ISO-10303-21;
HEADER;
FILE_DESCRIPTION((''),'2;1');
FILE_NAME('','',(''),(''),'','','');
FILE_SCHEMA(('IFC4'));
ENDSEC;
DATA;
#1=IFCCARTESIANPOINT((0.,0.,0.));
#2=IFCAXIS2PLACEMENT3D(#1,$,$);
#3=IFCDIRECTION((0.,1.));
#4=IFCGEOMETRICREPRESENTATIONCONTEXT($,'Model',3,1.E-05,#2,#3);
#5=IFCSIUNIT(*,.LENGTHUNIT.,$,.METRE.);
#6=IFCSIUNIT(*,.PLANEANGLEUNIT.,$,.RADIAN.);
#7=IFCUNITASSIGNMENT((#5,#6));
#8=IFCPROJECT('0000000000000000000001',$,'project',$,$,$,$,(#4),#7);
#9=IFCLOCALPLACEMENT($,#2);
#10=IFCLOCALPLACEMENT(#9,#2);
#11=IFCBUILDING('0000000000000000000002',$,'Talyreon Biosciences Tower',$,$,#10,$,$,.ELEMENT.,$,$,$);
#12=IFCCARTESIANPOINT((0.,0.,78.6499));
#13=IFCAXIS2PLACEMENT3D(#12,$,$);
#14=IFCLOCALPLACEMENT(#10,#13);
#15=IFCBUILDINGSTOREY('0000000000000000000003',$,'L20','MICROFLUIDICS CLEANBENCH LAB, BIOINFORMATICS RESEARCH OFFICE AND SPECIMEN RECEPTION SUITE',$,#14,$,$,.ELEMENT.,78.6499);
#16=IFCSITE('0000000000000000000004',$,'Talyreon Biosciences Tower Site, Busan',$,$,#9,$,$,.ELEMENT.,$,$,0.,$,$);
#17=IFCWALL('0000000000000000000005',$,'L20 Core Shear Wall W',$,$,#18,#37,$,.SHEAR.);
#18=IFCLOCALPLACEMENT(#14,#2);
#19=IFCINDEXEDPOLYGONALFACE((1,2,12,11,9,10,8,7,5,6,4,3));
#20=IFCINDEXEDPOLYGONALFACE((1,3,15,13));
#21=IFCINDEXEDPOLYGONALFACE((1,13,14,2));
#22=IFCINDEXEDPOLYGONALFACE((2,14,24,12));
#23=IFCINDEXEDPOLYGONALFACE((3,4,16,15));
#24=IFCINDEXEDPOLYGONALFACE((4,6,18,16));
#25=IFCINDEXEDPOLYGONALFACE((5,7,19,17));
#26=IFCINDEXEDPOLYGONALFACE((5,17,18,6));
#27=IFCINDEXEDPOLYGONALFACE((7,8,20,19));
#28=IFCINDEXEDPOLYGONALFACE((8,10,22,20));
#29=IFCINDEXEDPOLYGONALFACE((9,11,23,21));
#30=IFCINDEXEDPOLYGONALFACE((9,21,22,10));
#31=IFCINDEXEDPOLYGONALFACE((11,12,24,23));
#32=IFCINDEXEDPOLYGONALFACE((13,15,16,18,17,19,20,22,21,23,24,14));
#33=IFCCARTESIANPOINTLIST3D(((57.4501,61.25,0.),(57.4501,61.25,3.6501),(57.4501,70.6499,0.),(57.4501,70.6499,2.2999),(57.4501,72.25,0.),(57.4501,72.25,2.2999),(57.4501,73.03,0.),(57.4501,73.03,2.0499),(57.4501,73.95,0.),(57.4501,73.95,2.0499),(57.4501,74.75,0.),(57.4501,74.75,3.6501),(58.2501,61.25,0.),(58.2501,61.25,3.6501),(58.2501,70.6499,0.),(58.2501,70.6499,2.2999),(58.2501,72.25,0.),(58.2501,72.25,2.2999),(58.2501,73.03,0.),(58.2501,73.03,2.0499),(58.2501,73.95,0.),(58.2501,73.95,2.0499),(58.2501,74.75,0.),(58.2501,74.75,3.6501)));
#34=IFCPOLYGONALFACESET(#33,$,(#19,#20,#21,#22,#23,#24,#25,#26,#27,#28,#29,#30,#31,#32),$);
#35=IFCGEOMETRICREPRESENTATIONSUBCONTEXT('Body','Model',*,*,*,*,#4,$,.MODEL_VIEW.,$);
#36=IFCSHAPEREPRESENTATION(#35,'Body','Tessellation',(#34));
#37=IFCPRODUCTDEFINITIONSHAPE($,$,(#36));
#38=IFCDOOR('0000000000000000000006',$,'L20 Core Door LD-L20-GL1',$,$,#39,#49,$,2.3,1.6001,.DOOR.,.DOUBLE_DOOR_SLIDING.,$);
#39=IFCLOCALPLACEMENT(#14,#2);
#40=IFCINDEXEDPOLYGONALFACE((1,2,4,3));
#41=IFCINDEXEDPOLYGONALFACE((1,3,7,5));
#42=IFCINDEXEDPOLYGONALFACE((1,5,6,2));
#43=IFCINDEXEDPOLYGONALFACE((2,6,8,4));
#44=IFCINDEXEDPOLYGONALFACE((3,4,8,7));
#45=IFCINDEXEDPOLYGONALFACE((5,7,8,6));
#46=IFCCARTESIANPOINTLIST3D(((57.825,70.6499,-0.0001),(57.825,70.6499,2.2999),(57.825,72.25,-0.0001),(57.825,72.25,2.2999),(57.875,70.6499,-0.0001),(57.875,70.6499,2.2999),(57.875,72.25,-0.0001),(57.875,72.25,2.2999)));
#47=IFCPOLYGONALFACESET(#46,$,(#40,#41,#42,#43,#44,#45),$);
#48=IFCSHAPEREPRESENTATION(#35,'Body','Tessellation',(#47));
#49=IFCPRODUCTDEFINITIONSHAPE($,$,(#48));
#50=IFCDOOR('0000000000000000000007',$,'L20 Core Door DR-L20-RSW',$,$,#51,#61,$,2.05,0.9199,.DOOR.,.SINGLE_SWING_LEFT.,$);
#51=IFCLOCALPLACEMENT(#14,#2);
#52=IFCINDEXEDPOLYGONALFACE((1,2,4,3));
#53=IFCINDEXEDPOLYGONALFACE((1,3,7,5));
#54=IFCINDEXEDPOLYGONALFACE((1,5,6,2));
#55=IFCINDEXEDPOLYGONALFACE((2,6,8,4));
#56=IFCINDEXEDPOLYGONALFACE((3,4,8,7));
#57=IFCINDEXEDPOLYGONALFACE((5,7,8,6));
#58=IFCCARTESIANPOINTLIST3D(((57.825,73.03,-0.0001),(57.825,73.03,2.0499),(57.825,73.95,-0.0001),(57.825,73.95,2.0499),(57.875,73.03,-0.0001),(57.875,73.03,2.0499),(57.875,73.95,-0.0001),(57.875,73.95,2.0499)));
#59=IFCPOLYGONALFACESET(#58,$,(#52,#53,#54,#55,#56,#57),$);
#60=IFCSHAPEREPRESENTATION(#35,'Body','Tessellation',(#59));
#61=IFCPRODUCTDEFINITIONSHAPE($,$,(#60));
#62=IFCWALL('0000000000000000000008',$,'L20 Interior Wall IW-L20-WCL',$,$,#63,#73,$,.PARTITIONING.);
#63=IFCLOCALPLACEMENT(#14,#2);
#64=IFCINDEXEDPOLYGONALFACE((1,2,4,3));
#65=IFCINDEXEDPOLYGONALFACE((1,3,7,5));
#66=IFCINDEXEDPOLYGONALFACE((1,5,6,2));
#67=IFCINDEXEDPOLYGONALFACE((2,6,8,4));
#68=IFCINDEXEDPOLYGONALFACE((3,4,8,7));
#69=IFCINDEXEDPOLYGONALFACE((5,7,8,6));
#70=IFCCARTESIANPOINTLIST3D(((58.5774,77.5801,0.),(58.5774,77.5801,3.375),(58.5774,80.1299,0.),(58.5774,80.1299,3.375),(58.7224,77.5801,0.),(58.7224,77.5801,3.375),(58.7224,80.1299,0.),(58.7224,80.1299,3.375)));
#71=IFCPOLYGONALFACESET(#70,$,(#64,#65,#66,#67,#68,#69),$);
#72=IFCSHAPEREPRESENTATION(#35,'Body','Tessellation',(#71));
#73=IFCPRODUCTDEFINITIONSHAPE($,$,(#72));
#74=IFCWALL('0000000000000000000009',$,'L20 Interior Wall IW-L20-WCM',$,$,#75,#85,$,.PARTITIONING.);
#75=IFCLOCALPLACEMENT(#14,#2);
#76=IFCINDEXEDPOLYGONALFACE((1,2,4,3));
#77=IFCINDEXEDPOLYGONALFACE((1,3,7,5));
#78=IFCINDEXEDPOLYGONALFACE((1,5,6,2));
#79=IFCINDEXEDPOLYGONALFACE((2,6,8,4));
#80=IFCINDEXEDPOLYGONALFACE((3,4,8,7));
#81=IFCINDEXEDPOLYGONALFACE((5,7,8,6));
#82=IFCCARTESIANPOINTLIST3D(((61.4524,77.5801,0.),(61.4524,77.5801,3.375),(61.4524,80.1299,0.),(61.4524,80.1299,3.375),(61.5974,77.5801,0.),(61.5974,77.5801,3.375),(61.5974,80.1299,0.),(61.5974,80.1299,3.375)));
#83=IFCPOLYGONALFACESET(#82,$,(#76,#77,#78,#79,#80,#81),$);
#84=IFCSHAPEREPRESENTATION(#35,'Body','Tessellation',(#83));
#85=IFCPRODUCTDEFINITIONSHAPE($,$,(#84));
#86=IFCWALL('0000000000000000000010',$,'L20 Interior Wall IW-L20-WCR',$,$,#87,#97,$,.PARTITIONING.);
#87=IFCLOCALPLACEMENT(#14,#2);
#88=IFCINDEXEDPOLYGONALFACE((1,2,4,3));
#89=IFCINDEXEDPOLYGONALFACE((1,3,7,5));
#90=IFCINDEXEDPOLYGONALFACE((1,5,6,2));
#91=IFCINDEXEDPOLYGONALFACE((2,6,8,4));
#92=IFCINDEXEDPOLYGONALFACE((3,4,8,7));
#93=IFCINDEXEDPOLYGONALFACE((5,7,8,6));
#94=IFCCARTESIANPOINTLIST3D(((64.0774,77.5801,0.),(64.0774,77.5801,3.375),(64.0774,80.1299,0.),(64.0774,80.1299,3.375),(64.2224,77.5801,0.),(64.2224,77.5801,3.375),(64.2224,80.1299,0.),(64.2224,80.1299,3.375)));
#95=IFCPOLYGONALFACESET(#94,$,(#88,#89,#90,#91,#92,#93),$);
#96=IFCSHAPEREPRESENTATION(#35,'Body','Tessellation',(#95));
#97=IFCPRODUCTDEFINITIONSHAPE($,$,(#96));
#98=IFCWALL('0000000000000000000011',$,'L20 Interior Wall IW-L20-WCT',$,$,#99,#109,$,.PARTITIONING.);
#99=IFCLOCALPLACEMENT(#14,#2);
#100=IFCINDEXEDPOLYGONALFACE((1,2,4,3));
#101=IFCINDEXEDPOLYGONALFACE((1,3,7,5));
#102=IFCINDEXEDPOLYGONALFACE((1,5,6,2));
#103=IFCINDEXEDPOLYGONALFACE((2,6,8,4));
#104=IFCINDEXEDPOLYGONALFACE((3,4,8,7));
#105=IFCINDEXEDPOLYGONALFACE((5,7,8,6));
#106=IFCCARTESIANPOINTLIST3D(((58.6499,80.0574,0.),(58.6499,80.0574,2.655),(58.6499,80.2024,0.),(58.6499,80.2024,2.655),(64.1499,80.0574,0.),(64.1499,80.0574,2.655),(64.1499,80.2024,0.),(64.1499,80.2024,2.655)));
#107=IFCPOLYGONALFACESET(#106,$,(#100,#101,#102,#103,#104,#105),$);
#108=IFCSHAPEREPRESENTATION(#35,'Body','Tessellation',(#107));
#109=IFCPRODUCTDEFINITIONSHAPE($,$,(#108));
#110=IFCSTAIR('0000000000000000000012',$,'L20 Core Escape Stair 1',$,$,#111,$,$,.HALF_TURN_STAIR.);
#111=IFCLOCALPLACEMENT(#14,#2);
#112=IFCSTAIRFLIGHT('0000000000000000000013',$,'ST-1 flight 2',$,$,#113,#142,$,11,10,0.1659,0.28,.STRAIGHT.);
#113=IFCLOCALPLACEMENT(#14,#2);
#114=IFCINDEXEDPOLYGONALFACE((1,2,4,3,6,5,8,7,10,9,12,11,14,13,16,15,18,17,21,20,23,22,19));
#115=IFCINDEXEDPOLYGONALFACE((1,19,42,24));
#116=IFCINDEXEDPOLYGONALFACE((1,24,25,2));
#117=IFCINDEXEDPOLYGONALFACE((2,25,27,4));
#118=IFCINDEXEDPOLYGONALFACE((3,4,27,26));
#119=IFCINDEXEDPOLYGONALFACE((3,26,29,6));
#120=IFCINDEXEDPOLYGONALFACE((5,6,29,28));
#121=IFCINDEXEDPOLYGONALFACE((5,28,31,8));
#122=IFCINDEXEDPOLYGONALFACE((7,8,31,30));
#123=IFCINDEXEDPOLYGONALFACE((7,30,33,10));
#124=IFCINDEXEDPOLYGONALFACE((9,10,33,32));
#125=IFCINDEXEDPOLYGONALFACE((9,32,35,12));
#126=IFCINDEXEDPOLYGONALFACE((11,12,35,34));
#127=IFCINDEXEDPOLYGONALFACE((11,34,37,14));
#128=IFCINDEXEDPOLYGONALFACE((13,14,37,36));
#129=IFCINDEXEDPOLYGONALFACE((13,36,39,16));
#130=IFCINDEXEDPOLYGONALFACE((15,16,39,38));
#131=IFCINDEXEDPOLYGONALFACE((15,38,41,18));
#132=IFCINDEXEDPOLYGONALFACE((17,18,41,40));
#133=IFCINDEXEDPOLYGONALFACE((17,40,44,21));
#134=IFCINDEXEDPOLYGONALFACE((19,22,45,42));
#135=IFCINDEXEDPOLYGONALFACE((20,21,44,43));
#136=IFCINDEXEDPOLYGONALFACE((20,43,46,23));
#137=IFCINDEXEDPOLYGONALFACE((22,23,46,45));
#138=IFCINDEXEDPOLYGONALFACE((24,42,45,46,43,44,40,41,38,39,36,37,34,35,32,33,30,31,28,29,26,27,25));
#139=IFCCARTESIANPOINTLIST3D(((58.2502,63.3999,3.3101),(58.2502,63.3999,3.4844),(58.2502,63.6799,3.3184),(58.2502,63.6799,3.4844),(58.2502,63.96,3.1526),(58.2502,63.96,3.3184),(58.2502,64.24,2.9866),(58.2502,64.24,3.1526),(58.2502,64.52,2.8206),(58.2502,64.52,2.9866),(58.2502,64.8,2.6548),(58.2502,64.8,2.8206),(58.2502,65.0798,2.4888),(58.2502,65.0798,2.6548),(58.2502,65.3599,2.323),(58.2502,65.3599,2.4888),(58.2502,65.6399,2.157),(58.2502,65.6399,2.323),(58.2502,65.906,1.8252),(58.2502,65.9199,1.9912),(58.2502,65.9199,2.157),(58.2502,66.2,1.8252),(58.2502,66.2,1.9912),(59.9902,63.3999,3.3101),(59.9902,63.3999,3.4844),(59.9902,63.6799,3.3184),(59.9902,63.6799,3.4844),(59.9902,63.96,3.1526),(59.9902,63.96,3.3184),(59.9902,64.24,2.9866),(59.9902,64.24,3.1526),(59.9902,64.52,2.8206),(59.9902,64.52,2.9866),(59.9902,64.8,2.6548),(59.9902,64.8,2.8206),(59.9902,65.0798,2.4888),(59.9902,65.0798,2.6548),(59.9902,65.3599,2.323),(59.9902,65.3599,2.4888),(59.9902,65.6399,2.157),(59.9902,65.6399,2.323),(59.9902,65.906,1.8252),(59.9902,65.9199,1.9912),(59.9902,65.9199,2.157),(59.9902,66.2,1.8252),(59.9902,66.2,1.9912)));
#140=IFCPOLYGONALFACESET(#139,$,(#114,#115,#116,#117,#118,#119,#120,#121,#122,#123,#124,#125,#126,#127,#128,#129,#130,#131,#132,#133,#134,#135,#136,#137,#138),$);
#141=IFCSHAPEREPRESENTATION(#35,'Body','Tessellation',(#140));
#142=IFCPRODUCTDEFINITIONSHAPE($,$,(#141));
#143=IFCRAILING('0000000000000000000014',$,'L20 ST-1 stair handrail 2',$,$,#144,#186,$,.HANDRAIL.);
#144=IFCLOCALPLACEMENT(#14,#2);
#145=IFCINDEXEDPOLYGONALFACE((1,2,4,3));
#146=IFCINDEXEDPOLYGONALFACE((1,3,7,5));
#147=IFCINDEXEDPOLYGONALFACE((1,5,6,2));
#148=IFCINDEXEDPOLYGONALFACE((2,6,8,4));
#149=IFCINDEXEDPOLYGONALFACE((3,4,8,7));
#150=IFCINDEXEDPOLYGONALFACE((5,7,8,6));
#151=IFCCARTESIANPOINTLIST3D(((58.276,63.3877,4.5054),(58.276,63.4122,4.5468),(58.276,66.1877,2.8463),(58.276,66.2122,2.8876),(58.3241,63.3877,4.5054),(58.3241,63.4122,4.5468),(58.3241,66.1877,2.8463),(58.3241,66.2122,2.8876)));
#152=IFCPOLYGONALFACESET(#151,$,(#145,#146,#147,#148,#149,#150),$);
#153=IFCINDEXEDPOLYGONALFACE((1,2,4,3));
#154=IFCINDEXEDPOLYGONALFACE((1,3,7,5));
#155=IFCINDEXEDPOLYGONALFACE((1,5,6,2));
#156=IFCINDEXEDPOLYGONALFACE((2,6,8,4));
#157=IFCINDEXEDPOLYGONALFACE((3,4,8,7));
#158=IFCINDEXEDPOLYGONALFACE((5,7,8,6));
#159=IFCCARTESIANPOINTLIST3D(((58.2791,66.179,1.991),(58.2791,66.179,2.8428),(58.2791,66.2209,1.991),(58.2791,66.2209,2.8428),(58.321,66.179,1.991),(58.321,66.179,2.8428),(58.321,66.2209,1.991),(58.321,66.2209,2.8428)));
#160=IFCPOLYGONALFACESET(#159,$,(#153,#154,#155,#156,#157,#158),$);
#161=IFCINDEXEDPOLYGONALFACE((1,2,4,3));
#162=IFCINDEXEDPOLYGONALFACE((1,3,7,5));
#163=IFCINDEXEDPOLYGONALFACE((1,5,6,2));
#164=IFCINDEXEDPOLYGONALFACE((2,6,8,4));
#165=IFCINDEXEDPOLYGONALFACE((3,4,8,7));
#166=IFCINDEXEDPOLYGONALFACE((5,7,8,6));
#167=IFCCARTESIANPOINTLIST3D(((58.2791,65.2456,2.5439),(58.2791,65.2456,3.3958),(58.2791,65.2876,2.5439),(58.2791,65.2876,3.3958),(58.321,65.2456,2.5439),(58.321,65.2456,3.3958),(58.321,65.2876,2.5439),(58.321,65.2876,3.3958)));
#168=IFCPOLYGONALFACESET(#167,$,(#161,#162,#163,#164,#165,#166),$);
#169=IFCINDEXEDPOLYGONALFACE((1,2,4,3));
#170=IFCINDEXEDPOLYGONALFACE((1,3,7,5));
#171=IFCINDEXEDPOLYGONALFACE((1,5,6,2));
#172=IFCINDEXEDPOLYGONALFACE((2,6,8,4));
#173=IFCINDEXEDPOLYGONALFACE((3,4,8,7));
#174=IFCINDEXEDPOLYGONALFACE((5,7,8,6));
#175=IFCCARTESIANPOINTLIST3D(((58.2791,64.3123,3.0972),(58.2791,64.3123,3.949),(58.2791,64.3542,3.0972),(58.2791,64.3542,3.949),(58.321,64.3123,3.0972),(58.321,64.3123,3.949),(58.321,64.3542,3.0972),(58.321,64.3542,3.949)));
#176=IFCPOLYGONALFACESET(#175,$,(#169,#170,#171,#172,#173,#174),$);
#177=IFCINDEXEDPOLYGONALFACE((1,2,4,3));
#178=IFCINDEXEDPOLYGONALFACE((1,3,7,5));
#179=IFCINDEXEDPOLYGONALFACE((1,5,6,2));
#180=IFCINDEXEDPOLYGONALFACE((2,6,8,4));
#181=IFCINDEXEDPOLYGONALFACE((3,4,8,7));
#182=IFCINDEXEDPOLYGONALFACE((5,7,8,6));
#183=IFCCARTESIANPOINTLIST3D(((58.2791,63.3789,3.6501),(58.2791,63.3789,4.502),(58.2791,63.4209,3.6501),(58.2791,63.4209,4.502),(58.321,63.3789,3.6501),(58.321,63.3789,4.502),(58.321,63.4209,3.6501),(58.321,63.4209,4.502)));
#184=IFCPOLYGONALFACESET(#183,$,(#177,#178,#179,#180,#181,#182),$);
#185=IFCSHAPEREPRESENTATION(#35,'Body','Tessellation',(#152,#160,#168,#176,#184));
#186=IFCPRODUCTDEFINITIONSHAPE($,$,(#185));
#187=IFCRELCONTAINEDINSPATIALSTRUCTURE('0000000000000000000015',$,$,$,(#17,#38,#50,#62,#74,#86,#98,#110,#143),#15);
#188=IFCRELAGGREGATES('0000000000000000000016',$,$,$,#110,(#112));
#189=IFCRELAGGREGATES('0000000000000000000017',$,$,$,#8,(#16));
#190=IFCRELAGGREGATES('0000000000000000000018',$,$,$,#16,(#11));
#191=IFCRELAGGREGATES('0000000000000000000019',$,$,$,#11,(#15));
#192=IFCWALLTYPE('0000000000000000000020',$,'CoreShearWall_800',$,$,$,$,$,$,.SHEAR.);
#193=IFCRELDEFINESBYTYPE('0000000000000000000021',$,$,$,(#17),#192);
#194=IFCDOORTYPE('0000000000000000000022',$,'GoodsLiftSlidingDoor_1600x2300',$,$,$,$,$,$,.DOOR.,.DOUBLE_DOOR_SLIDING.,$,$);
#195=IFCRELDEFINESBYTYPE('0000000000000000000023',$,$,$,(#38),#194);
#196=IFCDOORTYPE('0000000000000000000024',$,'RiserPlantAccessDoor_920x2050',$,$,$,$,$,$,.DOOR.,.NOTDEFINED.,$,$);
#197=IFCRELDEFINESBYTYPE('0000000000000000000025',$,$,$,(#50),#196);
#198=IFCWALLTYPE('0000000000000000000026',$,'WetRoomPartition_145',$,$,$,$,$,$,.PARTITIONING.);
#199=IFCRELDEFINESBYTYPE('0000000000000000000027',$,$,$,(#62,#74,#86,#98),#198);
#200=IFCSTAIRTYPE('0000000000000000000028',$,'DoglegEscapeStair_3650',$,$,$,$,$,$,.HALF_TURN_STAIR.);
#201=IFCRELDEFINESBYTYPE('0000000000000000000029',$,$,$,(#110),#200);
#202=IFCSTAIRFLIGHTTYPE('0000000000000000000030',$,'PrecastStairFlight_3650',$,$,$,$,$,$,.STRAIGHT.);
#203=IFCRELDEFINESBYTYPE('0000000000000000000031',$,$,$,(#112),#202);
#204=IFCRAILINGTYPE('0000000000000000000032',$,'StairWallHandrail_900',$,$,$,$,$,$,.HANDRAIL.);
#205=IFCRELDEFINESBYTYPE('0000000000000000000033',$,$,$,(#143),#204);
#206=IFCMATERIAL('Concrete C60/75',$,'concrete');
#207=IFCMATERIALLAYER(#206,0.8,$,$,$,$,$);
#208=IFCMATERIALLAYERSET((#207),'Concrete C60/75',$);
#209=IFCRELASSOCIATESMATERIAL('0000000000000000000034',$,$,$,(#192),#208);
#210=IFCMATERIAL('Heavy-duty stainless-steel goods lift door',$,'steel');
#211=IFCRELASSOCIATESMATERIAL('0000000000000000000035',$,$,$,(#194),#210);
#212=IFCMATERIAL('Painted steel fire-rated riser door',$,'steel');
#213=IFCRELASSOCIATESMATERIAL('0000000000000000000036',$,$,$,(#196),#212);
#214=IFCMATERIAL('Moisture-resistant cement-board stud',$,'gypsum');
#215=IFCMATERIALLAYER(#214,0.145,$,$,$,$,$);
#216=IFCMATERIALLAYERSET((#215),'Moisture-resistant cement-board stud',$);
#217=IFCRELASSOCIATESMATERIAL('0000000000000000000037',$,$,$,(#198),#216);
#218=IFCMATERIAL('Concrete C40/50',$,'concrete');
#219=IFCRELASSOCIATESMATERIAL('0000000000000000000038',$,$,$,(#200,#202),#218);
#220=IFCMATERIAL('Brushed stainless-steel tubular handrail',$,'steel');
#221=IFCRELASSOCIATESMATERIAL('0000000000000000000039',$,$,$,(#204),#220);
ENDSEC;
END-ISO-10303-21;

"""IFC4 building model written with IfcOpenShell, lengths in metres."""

from ifc_helpers import new_model, si_unit, direction, frame, frame_2d, origin, origin_2d, place, context, subcontext, project, spatial, polyline, rectangle, outline, extrude, material, layer, layer_set, type_object, element, fill, aggregate, save


model = new_model("IFC4")

# Units and contexts
model_context = context("Model", 3, precision=1e-05, world=origin(), true_north=direction((0.0, 1.0)))
body_context = subcontext(model_context, "Body", "Model", "MODEL_VIEW")
ifc_project = project(units=[si_unit("LENGTHUNIT", "METRE"), si_unit("PLANEANGLEUNIT", "RADIAN")], contexts=[model_context])

# Site, building, storey
site_placement = place(None, origin())
site = spatial("IfcSite", under=ifc_project, at=site_placement, Name="Talyreon Biosciences Tower Site, Busan", CompositionType="ELEMENT", RefElevation=0.0)
building_placement = place(site_placement, origin())
building = spatial("IfcBuilding", under=site, at=building_placement, Name="Talyreon Biosciences Tower", CompositionType="ELEMENT")
storey_placement = place(building_placement, frame((0.0, 0.0, 78.6499)))
storey = spatial("IfcBuildingStorey", under=building, at=storey_placement, Name="L20", Description="MICROFLUIDICS CLEANBENCH LAB, BIOINFORMATICS RESEARCH OFFICE AND SPECIMEN RECEPTION SUITE", CompositionType="ELEMENT", Elevation=78.6499)

# Shared definitions
ifc_material_1 = material(Name="Concrete C60/75", Category="concrete")

# Wall, openings, doors
ifc_layer_1 = layer(ifc_material_1, 0.8)
ifc_layer_set_1 = layer_set([ifc_layer_1], Name="Concrete C60/75")
wall_type_1 = type_object("IfcWallType", Name="CoreShearWall_800", PredefinedType="SHEAR", material=ifc_layer_set_1)
wall_1_placement = place(storey_placement, frame((57.8501, 74.75, 0.0), z_axis=(0.0, 0.0, 1.0), x_axis=(0.0, -1.0, 0.0)))
wall_1 = element("IfcWall", 1, at=wall_1_placement, inside=storey, type_object=wall_type_1, Name="L20 Core Shear Wall W", PredefinedType="SHEAR", context=body_context, shape_type="SweptSolid", body=[
    extrude(rectangle(XDim=13.5, YDim=0.8, at=frame_2d((6.75, 0.0))), origin(), (0.0, 0.0, 1.0), 3.6501),
])
opening_1_placement = place(wall_1_placement, frame((0.8, 0.0, 0.0)))
opening_1 = element("IfcOpeningElement", 2, at=opening_1_placement, cuts=wall_1, PredefinedType="OPENING", context=body_context, shape_type="SweptSolid", body=[
    extrude(rectangle(XDim=0.9199, YDim=2.05, at=frame_2d((0.46, 1.0249))), frame((0.0, 0.4099, 0.0), z_axis=(0.0, -1.0, 0.0), x_axis=(1.0, 0.0, 0.0)), (0.0, 0.0, 1.0), 0.8201),
])
opening_2_placement = place(wall_1_placement, frame((2.5, 0.0, 0.0)))
opening_2 = element("IfcOpeningElement", 3, at=opening_2_placement, cuts=wall_1, PredefinedType="OPENING", context=body_context, shape_type="SweptSolid", body=[
    extrude(rectangle(XDim=1.6001, YDim=2.3, at=frame_2d((0.8, 1.1499))), frame((0.0, 0.4099, 0.0), z_axis=(0.0, -1.0, 0.0), x_axis=(1.0, 0.0, 0.0)), (0.0, 0.0, 1.0), 0.8201),
])
ifc_material_2 = material(Name="Heavy-duty stainless-steel goods lift door", Category="steel")
door_type_1 = type_object("IfcDoorType", Name="GoodsLiftSlidingDoor_1600x2300", OperationType="DOUBLE_DOOR_SLIDING", PredefinedType="DOOR", material=ifc_material_2)
door_1_placement = place(opening_2_placement, origin())
door_1 = element("IfcDoor", 4, at=door_1_placement, inside=storey, type_object=door_type_1, Name="L20 Core Door LD-L20-GL1", OperationType="DOUBLE_DOOR_SLIDING", OverallHeight=2.3, OverallWidth=1.6001, PredefinedType="DOOR", context=body_context, shape_type="SweptSolid", body=[
    extrude(rectangle(XDim=1.6001, YDim=2.3, at=frame_2d((0.8, 1.1499))), frame((0.0, 0.0249, 0.0), z_axis=(0.0, -1.0, 0.0), x_axis=(1.0, 0.0, 0.0)), (0.0, 0.0, 1.0), 0.05),
])
fill(opening_2, door_1)
ifc_material_3 = material(Name="Painted steel fire-rated riser door", Category="steel")
door_type_2 = type_object("IfcDoorType", Name="RiserPlantAccessDoor_920x2050", OperationType="NOTDEFINED", PredefinedType="DOOR", material=ifc_material_3)
door_2_placement = place(opening_1_placement, origin())
door_2 = element("IfcDoor", 5, at=door_2_placement, inside=storey, type_object=door_type_2, Name="L20 Core Door DR-L20-RSW", OperationType="SINGLE_SWING_LEFT", OverallHeight=2.05, OverallWidth=0.9199, PredefinedType="DOOR", context=body_context, shape_type="SweptSolid", body=[
    extrude(rectangle(XDim=0.9199, YDim=2.05, at=frame_2d((0.46, 1.0249))), frame((0.0, 0.0249, 0.0), z_axis=(0.0, -1.0, 0.0), x_axis=(1.0, 0.0, 0.0)), (0.0, 0.0, 1.0), 0.05),
])
fill(opening_1, door_2)

# Walls
ifc_material_4 = material(Name="Moisture-resistant cement-board stud", Category="gypsum")
ifc_layer_2 = layer(ifc_material_4, 0.145)
ifc_layer_set_2 = layer_set([ifc_layer_2], Name="Moisture-resistant cement-board stud")
wall_type_2 = type_object("IfcWallType", Name="WetRoomPartition_145", PredefinedType="PARTITIONING", material=ifc_layer_set_2)
for number, where, z_axis, x_axis, name in (
    (6, (58.6499, 77.5801, 0.0), (0.0, 0.0, 1.0), (0.0, 1.0, 0.0), "L20 Interior Wall IW-L20-WCL"),
    (7, (61.5249, 77.5801, 0.0), (0.0, 0.0, 1.0), (0.0, 1.0, 0.0), "L20 Interior Wall IW-L20-WCM"),
    (8, (64.1499, 77.5801, 0.0), (0.0, 0.0, 1.0), (0.0, 1.0, 0.0), "L20 Interior Wall IW-L20-WCR"),
):
    element("IfcWall", number, at=place(storey_placement, frame(where, z_axis=z_axis, x_axis=x_axis)), inside=storey, type_object=wall_type_2, Name=name, PredefinedType="PARTITIONING", context=body_context, shape_type="SweptSolid", body=[
        extrude(rectangle(XDim=2.5498, YDim=0.145, at=frame_2d((1.2749, 0.0))), origin(), (0.0, 0.0, 1.0), 3.375),
    ])
wall_2_placement = place(storey_placement, frame((58.6499, 80.1299, 0.0), z_axis=(0.0, 0.0, 1.0), x_axis=(1.0, 0.0, 0.0)))
element("IfcWall", 9, at=wall_2_placement, inside=storey, type_object=wall_type_2, Name="L20 Interior Wall IW-L20-WCT", PredefinedType="PARTITIONING", context=body_context, shape_type="SweptSolid", body=[
    extrude(rectangle(XDim=5.5, YDim=0.145, at=frame_2d((2.75, 0.0))), origin(), (0.0, 0.0, 1.0), 2.655),
])

# Stair, stair flight
ifc_material_5 = material(Name="Concrete C40/50", Category="concrete")
stair_type = type_object("IfcStairType", Name="DoglegEscapeStair_3650", PredefinedType="HALF_TURN_STAIR", material=ifc_material_5)
stair_placement = place(storey_placement, origin())
stair = element("IfcStair", 10, at=stair_placement, inside=storey, type_object=stair_type, Name="L20 Core Escape Stair 1", PredefinedType="HALF_TURN_STAIR")
stair_flight_type = type_object("IfcStairFlightType", Name="PrecastStairFlight_3650", PredefinedType="STRAIGHT", material=ifc_material_5)
stair_flight_placement = place(storey_placement, frame((59.1201, 66.2, 1.8252), z_axis=(0.0, 0.0, 1.0), x_axis=(0.0, -1.0, 0.0)))
stair_flight = element("IfcStairFlight", 11, at=stair_flight_placement, type_object=stair_flight_type, Name="ST-1 flight 2", NumberOfRisers=11, NumberOfTreads=10, PredefinedType="STRAIGHT", RiserHeight=0.1659, TreadLength=0.28, context=body_context, shape_type="SweptSolid", body=[
    extrude(outline(polyline([(0.0, 0.0), (0.0, 0.166), (0.28, 0.166), (0.28, 0.3318), (0.5601, 0.3318), (0.5601, 0.4978), (0.8401, 0.4978), (0.8401, 0.6636), (1.1201, 0.6636), (1.1201, 0.8296), (1.3999, 0.8296), (1.3999, 0.9954), (1.6799, 0.9954), (1.6799, 1.1614), (1.96, 1.1614), (1.96, 1.3274), (2.24, 1.3274), (2.24, 1.4932), (2.52, 1.4932), (2.52, 1.6592), (2.8, 1.6592), (2.8, 1.825), (2.8, 1.4849), (0.2939, 0.0), (0.0, 0.0)])), frame((0.0, 0.8701, 0.0), z_axis=(0.0, -1.0, 0.0), x_axis=(1.0, 0.0, 0.0)), (0.0, 0.0, 1.0), 1.74),
])
aggregate(stair, [stair_flight])

# Railing
ifc_material_6 = material(Name="Brushed stainless-steel tubular handrail", Category="steel")
railing_type_1 = type_object("IfcRailingType", Name="StairWallHandrail_900", PredefinedType="HANDRAIL", material=ifc_material_6)
railing_1_placement = place(storey_placement, frame((58.3, 66.2, 1.991)))
element("IfcRailing", 12, at=railing_1_placement, inside=storey, type_object=railing_type_1, Name="L20 ST-1 stair handrail 2", PredefinedType="HANDRAIL", context=body_context, shape_type="SweptSolid", body=[
    extrude(rectangle(XDim=0.0481, YDim=0.0481, at=origin_2d()), frame((0.0, 0.0, 0.876), z_axis=(0.0, -0.860306, 0.509778), x_axis=(1.0, 0.0, 0.0)), (0.0, 0.0, 1.0), 3.2546),
    extrude(rectangle(XDim=0.042, YDim=0.042, at=origin_2d()), origin(), (0.0, 0.0, 1.0), 0.8518),
    extrude(rectangle(XDim=0.042, YDim=0.042, at=origin_2d()), frame((0.0, -0.9333, 0.553)), (0.0, 0.0, 1.0), 0.8518),
    extrude(rectangle(XDim=0.042, YDim=0.042, at=origin_2d()), frame((0.0, -1.8667, 1.1062)), (0.0, 0.0, 1.0), 0.8518),
    extrude(rectangle(XDim=0.042, YDim=0.042, at=origin_2d()), frame((0.0, -2.8, 1.6592)), (0.0, 0.0, 1.0), 0.8518),
])

save(model, "model.ifc")
